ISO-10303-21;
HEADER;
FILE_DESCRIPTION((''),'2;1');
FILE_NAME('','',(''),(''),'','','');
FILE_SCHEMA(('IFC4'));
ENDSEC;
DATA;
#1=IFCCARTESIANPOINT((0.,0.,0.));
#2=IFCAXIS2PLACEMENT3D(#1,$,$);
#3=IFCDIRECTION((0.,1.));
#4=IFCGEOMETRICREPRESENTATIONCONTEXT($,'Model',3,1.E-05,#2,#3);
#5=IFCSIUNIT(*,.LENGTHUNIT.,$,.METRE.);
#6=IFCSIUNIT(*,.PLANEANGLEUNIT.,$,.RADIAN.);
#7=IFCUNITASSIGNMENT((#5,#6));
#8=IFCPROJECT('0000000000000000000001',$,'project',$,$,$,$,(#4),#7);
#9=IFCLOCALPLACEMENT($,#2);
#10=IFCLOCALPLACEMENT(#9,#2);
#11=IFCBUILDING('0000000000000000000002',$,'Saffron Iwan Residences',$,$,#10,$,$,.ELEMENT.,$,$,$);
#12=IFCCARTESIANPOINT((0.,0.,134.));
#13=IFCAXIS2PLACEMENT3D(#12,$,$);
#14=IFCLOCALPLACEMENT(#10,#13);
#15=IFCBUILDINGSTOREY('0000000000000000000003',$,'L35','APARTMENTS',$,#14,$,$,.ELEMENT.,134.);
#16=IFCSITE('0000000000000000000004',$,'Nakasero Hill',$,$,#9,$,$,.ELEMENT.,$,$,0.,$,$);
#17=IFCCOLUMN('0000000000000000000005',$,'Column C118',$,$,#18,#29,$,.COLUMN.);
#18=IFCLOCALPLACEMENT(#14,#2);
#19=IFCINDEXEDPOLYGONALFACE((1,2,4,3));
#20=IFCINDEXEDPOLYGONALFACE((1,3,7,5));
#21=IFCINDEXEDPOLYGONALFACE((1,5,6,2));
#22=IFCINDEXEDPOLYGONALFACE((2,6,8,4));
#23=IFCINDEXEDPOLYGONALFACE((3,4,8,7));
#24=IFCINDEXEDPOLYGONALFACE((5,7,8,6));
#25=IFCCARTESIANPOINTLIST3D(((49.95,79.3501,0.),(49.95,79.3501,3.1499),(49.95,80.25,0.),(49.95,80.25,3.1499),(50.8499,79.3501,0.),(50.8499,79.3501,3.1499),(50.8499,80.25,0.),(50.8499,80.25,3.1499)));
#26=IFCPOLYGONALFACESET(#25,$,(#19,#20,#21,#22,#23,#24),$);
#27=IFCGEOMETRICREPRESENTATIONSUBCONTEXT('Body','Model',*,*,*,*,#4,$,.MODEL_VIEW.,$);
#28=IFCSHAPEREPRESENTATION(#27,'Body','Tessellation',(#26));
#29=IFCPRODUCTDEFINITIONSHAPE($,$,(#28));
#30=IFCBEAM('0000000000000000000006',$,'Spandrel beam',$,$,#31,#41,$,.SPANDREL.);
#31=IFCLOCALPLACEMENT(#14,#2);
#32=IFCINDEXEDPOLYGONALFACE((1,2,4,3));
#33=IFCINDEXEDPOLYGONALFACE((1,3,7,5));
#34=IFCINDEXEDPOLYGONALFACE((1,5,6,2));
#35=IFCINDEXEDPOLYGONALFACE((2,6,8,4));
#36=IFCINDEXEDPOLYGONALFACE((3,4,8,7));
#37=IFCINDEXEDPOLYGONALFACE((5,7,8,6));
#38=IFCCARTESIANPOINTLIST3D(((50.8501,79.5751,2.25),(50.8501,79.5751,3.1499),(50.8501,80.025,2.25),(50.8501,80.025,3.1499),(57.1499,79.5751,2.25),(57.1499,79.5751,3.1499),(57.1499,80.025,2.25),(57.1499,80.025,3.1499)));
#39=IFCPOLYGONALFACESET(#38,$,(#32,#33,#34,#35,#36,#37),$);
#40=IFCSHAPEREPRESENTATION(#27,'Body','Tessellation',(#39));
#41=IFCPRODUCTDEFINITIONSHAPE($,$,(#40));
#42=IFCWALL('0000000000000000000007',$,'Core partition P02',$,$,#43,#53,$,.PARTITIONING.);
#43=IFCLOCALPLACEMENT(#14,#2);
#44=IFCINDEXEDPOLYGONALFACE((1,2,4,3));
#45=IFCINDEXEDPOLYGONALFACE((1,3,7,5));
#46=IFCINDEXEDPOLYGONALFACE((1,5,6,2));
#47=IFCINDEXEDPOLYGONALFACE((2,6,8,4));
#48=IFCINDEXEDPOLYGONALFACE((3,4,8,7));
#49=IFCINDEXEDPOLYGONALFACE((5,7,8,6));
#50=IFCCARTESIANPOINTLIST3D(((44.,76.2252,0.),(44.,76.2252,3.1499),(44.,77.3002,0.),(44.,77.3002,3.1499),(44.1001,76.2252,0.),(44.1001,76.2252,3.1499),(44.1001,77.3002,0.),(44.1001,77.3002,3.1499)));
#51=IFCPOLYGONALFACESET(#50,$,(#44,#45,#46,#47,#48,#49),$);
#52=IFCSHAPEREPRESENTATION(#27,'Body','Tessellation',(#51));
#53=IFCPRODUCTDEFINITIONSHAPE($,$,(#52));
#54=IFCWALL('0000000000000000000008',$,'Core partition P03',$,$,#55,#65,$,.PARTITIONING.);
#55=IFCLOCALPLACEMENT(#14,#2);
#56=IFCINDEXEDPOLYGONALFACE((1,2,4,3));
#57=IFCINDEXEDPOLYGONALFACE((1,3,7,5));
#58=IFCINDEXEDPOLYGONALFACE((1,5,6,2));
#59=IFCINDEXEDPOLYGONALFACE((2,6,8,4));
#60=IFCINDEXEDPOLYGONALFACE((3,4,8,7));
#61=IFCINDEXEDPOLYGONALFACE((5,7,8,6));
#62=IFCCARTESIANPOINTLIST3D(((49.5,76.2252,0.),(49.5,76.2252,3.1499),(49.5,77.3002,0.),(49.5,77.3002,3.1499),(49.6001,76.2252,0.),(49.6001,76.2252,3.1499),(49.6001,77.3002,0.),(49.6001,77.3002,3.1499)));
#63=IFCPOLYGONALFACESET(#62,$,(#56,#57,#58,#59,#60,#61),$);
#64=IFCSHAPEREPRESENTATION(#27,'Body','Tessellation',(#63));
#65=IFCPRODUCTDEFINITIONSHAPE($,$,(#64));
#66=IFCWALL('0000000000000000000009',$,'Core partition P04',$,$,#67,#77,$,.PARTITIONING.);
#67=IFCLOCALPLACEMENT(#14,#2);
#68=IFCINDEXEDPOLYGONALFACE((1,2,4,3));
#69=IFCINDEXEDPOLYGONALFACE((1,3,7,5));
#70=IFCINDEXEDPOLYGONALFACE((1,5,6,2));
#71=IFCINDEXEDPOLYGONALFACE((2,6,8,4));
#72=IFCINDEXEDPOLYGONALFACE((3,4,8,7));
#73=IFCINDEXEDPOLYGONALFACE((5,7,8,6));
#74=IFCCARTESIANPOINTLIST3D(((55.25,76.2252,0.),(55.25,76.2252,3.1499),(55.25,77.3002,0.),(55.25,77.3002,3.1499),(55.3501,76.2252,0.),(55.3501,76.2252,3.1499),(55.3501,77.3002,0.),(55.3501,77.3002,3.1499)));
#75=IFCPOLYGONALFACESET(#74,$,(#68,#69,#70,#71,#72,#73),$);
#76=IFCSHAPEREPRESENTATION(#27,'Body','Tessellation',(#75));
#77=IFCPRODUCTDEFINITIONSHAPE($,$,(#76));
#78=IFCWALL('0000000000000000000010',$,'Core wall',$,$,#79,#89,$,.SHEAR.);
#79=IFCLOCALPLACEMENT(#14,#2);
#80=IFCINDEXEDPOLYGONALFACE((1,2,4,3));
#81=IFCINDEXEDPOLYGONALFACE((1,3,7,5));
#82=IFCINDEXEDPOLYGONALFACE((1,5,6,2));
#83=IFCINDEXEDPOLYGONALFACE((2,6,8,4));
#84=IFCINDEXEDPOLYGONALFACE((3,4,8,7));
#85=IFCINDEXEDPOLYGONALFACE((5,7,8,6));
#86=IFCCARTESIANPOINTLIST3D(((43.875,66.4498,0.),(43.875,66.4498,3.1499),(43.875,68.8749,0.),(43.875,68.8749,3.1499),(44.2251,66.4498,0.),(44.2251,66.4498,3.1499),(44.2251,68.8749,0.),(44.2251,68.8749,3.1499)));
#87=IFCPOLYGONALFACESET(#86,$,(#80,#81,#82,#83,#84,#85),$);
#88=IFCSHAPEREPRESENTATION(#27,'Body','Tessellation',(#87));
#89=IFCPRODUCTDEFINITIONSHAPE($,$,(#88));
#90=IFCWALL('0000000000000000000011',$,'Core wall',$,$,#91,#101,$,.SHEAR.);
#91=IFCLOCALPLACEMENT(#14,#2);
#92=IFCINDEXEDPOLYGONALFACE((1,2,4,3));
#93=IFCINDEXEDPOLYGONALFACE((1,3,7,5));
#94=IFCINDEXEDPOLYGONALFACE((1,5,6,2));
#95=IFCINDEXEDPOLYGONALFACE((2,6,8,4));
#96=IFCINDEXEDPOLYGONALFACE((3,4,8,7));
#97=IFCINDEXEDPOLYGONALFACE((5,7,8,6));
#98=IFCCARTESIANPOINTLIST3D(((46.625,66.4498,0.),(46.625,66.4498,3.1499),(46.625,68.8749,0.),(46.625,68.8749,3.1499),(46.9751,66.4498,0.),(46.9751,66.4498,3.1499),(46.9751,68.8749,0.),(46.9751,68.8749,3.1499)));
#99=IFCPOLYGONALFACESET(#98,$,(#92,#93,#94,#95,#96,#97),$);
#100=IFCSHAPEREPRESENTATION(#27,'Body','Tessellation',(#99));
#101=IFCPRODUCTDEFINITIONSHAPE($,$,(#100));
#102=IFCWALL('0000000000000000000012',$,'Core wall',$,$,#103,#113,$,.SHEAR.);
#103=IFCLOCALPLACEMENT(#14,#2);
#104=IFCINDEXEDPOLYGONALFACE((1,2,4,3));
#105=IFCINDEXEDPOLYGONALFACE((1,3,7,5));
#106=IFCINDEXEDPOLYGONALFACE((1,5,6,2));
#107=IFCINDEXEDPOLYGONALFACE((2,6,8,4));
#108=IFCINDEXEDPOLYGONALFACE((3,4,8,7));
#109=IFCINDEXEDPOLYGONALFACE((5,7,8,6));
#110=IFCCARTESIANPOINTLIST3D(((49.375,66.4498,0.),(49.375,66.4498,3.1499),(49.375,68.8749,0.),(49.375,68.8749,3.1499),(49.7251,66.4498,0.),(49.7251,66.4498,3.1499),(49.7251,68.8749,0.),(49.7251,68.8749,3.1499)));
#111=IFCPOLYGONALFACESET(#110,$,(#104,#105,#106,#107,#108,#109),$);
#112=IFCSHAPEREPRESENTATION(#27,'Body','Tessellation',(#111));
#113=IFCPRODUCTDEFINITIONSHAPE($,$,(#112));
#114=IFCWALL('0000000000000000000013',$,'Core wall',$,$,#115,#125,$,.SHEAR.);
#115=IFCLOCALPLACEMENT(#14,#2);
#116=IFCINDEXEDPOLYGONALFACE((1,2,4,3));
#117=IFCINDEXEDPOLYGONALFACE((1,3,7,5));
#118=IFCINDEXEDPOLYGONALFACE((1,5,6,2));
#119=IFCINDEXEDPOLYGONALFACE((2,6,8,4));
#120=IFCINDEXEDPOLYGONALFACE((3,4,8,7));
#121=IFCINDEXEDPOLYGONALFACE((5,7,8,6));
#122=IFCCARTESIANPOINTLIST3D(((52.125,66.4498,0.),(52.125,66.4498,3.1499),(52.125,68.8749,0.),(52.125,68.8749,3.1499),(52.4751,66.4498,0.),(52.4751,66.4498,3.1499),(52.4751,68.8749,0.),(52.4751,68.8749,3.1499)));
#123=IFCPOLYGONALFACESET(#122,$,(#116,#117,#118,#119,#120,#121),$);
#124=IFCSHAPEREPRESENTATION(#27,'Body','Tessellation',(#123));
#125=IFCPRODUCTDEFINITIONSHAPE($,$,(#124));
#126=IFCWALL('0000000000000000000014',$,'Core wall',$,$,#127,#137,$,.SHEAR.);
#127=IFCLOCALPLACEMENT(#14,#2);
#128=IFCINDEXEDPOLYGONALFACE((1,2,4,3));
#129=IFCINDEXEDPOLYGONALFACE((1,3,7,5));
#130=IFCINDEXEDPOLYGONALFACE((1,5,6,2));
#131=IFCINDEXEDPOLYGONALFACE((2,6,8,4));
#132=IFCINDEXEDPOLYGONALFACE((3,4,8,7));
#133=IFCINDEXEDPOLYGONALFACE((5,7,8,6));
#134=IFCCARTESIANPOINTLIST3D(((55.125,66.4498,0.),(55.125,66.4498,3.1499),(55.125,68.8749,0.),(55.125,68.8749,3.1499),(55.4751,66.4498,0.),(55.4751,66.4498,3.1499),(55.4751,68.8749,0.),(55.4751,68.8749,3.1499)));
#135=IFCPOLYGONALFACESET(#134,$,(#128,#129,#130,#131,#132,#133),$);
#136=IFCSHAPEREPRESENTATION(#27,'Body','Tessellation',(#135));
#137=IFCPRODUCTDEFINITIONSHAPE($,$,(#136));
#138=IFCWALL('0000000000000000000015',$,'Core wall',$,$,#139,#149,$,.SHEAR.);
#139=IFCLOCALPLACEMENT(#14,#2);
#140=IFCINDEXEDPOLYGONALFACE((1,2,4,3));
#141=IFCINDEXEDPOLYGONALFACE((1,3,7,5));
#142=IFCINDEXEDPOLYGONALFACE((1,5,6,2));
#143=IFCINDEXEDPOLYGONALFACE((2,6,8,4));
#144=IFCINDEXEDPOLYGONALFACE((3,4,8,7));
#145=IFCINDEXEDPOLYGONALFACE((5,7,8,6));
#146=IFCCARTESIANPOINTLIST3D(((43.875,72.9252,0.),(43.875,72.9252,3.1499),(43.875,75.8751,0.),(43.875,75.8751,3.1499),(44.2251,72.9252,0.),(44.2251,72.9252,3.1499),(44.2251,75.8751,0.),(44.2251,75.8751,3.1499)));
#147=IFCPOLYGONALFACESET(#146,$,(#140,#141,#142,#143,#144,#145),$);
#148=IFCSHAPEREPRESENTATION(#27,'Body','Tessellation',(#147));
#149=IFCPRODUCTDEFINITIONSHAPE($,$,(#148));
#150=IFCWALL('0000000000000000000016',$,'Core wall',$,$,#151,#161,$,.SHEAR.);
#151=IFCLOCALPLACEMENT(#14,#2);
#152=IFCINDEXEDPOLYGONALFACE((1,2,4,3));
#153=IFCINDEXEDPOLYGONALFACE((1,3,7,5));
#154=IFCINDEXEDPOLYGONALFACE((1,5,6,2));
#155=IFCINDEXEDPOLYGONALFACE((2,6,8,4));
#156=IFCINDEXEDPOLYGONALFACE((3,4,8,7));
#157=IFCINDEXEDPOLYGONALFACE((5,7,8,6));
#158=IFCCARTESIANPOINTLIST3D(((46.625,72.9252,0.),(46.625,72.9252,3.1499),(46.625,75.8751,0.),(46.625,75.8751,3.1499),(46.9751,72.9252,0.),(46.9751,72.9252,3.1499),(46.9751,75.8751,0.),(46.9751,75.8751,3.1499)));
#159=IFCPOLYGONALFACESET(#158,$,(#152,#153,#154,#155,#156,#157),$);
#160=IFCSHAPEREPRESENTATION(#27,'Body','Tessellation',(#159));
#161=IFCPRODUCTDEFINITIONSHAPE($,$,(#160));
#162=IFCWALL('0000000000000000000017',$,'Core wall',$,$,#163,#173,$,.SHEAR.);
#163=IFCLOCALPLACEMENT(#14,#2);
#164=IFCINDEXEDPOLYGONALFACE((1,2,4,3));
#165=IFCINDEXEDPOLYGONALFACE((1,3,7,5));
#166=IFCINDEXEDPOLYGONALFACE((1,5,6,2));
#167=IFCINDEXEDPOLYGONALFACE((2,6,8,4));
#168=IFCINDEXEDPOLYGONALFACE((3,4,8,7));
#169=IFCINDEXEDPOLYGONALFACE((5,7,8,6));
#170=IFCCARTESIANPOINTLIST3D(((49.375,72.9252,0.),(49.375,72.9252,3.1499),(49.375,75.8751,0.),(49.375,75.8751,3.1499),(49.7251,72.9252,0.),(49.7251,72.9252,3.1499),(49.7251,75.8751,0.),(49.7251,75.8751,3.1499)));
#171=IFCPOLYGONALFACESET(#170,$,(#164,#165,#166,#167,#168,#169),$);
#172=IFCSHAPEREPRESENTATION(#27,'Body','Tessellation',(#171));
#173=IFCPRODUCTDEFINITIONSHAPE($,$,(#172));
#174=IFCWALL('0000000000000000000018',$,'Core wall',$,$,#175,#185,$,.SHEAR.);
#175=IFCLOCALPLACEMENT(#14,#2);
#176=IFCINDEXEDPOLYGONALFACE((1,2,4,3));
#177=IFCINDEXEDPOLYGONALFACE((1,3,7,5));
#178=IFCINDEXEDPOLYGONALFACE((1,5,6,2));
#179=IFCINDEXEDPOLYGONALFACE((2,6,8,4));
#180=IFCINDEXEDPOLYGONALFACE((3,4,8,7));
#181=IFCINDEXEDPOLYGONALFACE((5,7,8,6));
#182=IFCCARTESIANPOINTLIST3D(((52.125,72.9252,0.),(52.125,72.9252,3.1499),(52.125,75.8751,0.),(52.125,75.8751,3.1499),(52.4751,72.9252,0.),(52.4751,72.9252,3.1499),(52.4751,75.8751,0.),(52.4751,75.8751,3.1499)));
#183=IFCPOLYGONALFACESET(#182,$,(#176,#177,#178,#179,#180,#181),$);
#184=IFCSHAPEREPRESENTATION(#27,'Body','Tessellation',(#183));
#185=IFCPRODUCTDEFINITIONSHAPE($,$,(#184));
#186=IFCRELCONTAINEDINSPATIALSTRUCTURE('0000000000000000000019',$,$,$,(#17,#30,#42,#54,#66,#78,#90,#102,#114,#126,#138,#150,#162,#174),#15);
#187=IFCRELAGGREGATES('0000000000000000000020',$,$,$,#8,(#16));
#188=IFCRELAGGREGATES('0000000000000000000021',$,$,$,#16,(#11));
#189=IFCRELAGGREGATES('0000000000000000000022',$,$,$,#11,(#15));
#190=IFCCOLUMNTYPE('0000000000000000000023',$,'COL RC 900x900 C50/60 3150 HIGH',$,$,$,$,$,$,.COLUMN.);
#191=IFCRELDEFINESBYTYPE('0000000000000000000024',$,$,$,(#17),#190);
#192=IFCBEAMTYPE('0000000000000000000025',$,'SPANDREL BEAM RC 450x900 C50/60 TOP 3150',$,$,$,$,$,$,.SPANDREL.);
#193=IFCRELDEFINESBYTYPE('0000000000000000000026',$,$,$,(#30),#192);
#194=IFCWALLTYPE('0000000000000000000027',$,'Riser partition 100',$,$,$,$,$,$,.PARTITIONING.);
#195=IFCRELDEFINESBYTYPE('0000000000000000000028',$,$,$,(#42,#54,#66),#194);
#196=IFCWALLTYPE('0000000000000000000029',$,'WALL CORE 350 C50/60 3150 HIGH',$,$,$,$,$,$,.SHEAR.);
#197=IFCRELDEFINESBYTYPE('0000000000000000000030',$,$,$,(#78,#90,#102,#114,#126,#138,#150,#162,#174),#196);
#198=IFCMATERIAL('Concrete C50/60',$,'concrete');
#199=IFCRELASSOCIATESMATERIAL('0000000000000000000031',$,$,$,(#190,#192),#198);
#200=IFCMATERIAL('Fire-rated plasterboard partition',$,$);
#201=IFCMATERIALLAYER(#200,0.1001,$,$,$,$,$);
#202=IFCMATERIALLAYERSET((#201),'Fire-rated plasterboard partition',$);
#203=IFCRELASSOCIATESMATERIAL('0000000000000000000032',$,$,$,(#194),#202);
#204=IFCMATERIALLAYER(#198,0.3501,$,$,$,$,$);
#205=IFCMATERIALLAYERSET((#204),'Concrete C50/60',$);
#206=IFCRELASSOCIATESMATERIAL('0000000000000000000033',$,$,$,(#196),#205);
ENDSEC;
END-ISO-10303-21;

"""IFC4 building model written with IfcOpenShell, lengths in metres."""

from ifc_helpers import new_model, si_unit, direction, frame, frame_2d, origin, origin_2d, place, context, subcontext, project, spatial, rectangle, extrude, source, transform, mapped, material, layer, layer_set, material_profile, profile_set, type_object, element, save


model = new_model("IFC4")

# Units and contexts
model_context = context("Model", 3, precision=1e-05, world=origin(), true_north=direction((0.0, 1.0)))
body_context = subcontext(model_context, "Body", "Model", "MODEL_VIEW")
ifc_project = project(units=[si_unit("LENGTHUNIT", "METRE"), si_unit("PLANEANGLEUNIT", "RADIAN")], contexts=[model_context])

# Site, building, storey
site_placement = place(None, origin())
site = spatial("IfcSite", under=ifc_project, at=site_placement, Name="Nakasero Hill", CompositionType="ELEMENT", RefElevation=0.0)
building_placement = place(site_placement, origin())
building = spatial("IfcBuilding", under=site, at=building_placement, Name="Saffron Iwan Residences", CompositionType="ELEMENT")
storey_placement = place(building_placement, frame((0.0, 0.0, 134.0)))
storey = spatial("IfcBuildingStorey", under=building, at=storey_placement, Name="L35", Description="APARTMENTS", CompositionType="ELEMENT", Elevation=134.0)

# Column
ifc_material_1 = material(Name="Concrete C50/60", Category="concrete")
ifc_material_profile_1 = material_profile(ifc_material_1, rectangle(XDim=0.8999, YDim=0.8999, at=origin_2d()), Name="RC 900x900")
ifc_profile_set_1 = profile_set([ifc_material_profile_1], Name="Concrete C50/60")
column_type = type_object("IfcColumnType", Name="COL RC 900x900 C50/60 3150 HIGH", PredefinedType="COLUMN", material=ifc_profile_set_1)
shared_shape_1 = source(origin(), body_context, "Body", "SweptSolid", [
    extrude(rectangle(XDim=0.8999, YDim=0.8999, at=origin_2d()), origin(), (0.0, 0.0, 1.0), 3.1499),
])
column_placement = place(storey_placement, frame((50.3999, 79.8, 0.0), z_axis=(0.0, 0.0, 1.0), x_axis=(1.0, 0.0, 0.0)))
element("IfcColumn", 1, at=column_placement, inside=storey, type_object=column_type, Name="Column C118", PredefinedType="COLUMN", context=body_context, shape_type="MappedRepresentation", body=[
    mapped(shared_shape_1, transform((0.0, 0.0, 0.0))),
])

# Beam
ifc_material_profile_2 = material_profile(ifc_material_1, rectangle(XDim=0.45, YDim=0.8999, at=origin_2d()), Name="RC 450x900")
ifc_profile_set_2 = profile_set([ifc_material_profile_2], Name="Concrete C50/60")
beam_type = type_object("IfcBeamType", Name="SPANDREL BEAM RC 450x900 C50/60 TOP 3150", PredefinedType="SPANDREL", material=ifc_profile_set_2)
shared_shape_2 = source(origin(), body_context, "Body", "SweptSolid", [
    extrude(rectangle(XDim=0.45, YDim=0.8999, at=origin_2d()), origin(), (0.0, 0.0, 1.0), 6.2998),
])
beam_placement = place(storey_placement, frame((50.8501, 79.8, 2.7), z_axis=(1.0, 0.0, 0.0), x_axis=(0.0, 1.0, 0.0)))
element("IfcBeam", 2, at=beam_placement, inside=storey, type_object=beam_type, Name="Spandrel beam", PredefinedType="SPANDREL", context=body_context, shape_type="MappedRepresentation", body=[
    mapped(shared_shape_2, transform((0.0, 0.0, 0.0))),
])

# Walls
ifc_material_2 = material(Name="Fire-rated plasterboard partition")
ifc_layer_1 = layer(ifc_material_2, 0.1001)
ifc_layer_set_1 = layer_set([ifc_layer_1], Name="Fire-rated plasterboard partition")
wall_type_1 = type_object("IfcWallType", Name="Riser partition 100", PredefinedType="PARTITIONING", material=ifc_layer_set_1)
for number, where, z_axis, x_axis, name in (
    (3, (44.05, 76.2251, 0.0), (0.0, 0.0, 1.0), (0.0, 1.0, 0.0), "Core partition P02"),
    (4, (49.55, 76.2251, 0.0), (0.0, 0.0, 1.0), (0.0, 1.0, 0.0), "Core partition P03"),
    (5, (55.3, 76.2251, 0.0), (0.0, 0.0, 1.0), (0.0, 1.0, 0.0), "Core partition P04"),
):
    element("IfcWall", number, at=place(storey_placement, frame(where, z_axis=z_axis, x_axis=x_axis)), inside=storey, type_object=wall_type_1, Name=name, PredefinedType="PARTITIONING", context=body_context, shape_type="SweptSolid", body=[
        extrude(rectangle(XDim=1.075, YDim=0.1001, at=frame_2d((0.5376, 0.0))), origin(), (0.0, 0.0, 1.0), 3.1499),
    ])
ifc_layer_2 = layer(ifc_material_1, 0.3501)
ifc_layer_set_2 = layer_set([ifc_layer_2], Name="Concrete C50/60")
wall_type_2 = type_object("IfcWallType", Name="WALL CORE 350 C50/60 3150 HIGH", PredefinedType="SHEAR", material=ifc_layer_set_2)
for number, where, z_axis, x_axis, name in (
    (6, (44.05, 66.45, 0.0), (0.0, 0.0, 1.0), (0.0, 1.0, 0.0), "Core wall"),
    (7, (46.8, 66.45, 0.0), (0.0, 0.0, 1.0), (0.0, 1.0, 0.0), "Core wall"),
    (8, (49.55, 66.45, 0.0), (0.0, 0.0, 1.0), (0.0, 1.0, 0.0), "Core wall"),
    (9, (52.3, 66.45, 0.0), (0.0, 0.0, 1.0), (0.0, 1.0, 0.0), "Core wall"),
    (10, (55.3, 66.45, 0.0), (0.0, 0.0, 1.0), (0.0, 1.0, 0.0), "Core wall"),
):
    element("IfcWall", number, at=place(storey_placement, frame(where, z_axis=z_axis, x_axis=x_axis)), inside=storey, type_object=wall_type_2, Name=name, PredefinedType="SHEAR", context=body_context, shape_type="SweptSolid", body=[
        extrude(rectangle(XDim=2.425, YDim=0.3501, at=frame_2d((1.2124, 0.0))), origin(), (0.0, 0.0, 1.0), 3.1499),
    ])
for number, where, z_axis, x_axis, name in (
    (11, (44.05, 72.925, 0.0), (0.0, 0.0, 1.0), (0.0, 1.0, 0.0), "Core wall"),
    (12, (46.8, 72.925, 0.0), (0.0, 0.0, 1.0), (0.0, 1.0, 0.0), "Core wall"),
    (13, (49.55, 72.925, 0.0), (0.0, 0.0, 1.0), (0.0, 1.0, 0.0), "Core wall"),
    (14, (52.3, 72.925, 0.0), (0.0, 0.0, 1.0), (0.0, 1.0, 0.0), "Core wall"),
):
    element("IfcWall", number, at=place(storey_placement, frame(where, z_axis=z_axis, x_axis=x_axis)), inside=storey, type_object=wall_type_2, Name=name, PredefinedType="SHEAR", context=body_context, shape_type="SweptSolid", body=[
        extrude(rectangle(XDim=2.95, YDim=0.3501, at=frame_2d((1.4751, 0.0))), origin(), (0.0, 0.0, 1.0), 3.1499),
    ])

save(model, "model.ifc")
